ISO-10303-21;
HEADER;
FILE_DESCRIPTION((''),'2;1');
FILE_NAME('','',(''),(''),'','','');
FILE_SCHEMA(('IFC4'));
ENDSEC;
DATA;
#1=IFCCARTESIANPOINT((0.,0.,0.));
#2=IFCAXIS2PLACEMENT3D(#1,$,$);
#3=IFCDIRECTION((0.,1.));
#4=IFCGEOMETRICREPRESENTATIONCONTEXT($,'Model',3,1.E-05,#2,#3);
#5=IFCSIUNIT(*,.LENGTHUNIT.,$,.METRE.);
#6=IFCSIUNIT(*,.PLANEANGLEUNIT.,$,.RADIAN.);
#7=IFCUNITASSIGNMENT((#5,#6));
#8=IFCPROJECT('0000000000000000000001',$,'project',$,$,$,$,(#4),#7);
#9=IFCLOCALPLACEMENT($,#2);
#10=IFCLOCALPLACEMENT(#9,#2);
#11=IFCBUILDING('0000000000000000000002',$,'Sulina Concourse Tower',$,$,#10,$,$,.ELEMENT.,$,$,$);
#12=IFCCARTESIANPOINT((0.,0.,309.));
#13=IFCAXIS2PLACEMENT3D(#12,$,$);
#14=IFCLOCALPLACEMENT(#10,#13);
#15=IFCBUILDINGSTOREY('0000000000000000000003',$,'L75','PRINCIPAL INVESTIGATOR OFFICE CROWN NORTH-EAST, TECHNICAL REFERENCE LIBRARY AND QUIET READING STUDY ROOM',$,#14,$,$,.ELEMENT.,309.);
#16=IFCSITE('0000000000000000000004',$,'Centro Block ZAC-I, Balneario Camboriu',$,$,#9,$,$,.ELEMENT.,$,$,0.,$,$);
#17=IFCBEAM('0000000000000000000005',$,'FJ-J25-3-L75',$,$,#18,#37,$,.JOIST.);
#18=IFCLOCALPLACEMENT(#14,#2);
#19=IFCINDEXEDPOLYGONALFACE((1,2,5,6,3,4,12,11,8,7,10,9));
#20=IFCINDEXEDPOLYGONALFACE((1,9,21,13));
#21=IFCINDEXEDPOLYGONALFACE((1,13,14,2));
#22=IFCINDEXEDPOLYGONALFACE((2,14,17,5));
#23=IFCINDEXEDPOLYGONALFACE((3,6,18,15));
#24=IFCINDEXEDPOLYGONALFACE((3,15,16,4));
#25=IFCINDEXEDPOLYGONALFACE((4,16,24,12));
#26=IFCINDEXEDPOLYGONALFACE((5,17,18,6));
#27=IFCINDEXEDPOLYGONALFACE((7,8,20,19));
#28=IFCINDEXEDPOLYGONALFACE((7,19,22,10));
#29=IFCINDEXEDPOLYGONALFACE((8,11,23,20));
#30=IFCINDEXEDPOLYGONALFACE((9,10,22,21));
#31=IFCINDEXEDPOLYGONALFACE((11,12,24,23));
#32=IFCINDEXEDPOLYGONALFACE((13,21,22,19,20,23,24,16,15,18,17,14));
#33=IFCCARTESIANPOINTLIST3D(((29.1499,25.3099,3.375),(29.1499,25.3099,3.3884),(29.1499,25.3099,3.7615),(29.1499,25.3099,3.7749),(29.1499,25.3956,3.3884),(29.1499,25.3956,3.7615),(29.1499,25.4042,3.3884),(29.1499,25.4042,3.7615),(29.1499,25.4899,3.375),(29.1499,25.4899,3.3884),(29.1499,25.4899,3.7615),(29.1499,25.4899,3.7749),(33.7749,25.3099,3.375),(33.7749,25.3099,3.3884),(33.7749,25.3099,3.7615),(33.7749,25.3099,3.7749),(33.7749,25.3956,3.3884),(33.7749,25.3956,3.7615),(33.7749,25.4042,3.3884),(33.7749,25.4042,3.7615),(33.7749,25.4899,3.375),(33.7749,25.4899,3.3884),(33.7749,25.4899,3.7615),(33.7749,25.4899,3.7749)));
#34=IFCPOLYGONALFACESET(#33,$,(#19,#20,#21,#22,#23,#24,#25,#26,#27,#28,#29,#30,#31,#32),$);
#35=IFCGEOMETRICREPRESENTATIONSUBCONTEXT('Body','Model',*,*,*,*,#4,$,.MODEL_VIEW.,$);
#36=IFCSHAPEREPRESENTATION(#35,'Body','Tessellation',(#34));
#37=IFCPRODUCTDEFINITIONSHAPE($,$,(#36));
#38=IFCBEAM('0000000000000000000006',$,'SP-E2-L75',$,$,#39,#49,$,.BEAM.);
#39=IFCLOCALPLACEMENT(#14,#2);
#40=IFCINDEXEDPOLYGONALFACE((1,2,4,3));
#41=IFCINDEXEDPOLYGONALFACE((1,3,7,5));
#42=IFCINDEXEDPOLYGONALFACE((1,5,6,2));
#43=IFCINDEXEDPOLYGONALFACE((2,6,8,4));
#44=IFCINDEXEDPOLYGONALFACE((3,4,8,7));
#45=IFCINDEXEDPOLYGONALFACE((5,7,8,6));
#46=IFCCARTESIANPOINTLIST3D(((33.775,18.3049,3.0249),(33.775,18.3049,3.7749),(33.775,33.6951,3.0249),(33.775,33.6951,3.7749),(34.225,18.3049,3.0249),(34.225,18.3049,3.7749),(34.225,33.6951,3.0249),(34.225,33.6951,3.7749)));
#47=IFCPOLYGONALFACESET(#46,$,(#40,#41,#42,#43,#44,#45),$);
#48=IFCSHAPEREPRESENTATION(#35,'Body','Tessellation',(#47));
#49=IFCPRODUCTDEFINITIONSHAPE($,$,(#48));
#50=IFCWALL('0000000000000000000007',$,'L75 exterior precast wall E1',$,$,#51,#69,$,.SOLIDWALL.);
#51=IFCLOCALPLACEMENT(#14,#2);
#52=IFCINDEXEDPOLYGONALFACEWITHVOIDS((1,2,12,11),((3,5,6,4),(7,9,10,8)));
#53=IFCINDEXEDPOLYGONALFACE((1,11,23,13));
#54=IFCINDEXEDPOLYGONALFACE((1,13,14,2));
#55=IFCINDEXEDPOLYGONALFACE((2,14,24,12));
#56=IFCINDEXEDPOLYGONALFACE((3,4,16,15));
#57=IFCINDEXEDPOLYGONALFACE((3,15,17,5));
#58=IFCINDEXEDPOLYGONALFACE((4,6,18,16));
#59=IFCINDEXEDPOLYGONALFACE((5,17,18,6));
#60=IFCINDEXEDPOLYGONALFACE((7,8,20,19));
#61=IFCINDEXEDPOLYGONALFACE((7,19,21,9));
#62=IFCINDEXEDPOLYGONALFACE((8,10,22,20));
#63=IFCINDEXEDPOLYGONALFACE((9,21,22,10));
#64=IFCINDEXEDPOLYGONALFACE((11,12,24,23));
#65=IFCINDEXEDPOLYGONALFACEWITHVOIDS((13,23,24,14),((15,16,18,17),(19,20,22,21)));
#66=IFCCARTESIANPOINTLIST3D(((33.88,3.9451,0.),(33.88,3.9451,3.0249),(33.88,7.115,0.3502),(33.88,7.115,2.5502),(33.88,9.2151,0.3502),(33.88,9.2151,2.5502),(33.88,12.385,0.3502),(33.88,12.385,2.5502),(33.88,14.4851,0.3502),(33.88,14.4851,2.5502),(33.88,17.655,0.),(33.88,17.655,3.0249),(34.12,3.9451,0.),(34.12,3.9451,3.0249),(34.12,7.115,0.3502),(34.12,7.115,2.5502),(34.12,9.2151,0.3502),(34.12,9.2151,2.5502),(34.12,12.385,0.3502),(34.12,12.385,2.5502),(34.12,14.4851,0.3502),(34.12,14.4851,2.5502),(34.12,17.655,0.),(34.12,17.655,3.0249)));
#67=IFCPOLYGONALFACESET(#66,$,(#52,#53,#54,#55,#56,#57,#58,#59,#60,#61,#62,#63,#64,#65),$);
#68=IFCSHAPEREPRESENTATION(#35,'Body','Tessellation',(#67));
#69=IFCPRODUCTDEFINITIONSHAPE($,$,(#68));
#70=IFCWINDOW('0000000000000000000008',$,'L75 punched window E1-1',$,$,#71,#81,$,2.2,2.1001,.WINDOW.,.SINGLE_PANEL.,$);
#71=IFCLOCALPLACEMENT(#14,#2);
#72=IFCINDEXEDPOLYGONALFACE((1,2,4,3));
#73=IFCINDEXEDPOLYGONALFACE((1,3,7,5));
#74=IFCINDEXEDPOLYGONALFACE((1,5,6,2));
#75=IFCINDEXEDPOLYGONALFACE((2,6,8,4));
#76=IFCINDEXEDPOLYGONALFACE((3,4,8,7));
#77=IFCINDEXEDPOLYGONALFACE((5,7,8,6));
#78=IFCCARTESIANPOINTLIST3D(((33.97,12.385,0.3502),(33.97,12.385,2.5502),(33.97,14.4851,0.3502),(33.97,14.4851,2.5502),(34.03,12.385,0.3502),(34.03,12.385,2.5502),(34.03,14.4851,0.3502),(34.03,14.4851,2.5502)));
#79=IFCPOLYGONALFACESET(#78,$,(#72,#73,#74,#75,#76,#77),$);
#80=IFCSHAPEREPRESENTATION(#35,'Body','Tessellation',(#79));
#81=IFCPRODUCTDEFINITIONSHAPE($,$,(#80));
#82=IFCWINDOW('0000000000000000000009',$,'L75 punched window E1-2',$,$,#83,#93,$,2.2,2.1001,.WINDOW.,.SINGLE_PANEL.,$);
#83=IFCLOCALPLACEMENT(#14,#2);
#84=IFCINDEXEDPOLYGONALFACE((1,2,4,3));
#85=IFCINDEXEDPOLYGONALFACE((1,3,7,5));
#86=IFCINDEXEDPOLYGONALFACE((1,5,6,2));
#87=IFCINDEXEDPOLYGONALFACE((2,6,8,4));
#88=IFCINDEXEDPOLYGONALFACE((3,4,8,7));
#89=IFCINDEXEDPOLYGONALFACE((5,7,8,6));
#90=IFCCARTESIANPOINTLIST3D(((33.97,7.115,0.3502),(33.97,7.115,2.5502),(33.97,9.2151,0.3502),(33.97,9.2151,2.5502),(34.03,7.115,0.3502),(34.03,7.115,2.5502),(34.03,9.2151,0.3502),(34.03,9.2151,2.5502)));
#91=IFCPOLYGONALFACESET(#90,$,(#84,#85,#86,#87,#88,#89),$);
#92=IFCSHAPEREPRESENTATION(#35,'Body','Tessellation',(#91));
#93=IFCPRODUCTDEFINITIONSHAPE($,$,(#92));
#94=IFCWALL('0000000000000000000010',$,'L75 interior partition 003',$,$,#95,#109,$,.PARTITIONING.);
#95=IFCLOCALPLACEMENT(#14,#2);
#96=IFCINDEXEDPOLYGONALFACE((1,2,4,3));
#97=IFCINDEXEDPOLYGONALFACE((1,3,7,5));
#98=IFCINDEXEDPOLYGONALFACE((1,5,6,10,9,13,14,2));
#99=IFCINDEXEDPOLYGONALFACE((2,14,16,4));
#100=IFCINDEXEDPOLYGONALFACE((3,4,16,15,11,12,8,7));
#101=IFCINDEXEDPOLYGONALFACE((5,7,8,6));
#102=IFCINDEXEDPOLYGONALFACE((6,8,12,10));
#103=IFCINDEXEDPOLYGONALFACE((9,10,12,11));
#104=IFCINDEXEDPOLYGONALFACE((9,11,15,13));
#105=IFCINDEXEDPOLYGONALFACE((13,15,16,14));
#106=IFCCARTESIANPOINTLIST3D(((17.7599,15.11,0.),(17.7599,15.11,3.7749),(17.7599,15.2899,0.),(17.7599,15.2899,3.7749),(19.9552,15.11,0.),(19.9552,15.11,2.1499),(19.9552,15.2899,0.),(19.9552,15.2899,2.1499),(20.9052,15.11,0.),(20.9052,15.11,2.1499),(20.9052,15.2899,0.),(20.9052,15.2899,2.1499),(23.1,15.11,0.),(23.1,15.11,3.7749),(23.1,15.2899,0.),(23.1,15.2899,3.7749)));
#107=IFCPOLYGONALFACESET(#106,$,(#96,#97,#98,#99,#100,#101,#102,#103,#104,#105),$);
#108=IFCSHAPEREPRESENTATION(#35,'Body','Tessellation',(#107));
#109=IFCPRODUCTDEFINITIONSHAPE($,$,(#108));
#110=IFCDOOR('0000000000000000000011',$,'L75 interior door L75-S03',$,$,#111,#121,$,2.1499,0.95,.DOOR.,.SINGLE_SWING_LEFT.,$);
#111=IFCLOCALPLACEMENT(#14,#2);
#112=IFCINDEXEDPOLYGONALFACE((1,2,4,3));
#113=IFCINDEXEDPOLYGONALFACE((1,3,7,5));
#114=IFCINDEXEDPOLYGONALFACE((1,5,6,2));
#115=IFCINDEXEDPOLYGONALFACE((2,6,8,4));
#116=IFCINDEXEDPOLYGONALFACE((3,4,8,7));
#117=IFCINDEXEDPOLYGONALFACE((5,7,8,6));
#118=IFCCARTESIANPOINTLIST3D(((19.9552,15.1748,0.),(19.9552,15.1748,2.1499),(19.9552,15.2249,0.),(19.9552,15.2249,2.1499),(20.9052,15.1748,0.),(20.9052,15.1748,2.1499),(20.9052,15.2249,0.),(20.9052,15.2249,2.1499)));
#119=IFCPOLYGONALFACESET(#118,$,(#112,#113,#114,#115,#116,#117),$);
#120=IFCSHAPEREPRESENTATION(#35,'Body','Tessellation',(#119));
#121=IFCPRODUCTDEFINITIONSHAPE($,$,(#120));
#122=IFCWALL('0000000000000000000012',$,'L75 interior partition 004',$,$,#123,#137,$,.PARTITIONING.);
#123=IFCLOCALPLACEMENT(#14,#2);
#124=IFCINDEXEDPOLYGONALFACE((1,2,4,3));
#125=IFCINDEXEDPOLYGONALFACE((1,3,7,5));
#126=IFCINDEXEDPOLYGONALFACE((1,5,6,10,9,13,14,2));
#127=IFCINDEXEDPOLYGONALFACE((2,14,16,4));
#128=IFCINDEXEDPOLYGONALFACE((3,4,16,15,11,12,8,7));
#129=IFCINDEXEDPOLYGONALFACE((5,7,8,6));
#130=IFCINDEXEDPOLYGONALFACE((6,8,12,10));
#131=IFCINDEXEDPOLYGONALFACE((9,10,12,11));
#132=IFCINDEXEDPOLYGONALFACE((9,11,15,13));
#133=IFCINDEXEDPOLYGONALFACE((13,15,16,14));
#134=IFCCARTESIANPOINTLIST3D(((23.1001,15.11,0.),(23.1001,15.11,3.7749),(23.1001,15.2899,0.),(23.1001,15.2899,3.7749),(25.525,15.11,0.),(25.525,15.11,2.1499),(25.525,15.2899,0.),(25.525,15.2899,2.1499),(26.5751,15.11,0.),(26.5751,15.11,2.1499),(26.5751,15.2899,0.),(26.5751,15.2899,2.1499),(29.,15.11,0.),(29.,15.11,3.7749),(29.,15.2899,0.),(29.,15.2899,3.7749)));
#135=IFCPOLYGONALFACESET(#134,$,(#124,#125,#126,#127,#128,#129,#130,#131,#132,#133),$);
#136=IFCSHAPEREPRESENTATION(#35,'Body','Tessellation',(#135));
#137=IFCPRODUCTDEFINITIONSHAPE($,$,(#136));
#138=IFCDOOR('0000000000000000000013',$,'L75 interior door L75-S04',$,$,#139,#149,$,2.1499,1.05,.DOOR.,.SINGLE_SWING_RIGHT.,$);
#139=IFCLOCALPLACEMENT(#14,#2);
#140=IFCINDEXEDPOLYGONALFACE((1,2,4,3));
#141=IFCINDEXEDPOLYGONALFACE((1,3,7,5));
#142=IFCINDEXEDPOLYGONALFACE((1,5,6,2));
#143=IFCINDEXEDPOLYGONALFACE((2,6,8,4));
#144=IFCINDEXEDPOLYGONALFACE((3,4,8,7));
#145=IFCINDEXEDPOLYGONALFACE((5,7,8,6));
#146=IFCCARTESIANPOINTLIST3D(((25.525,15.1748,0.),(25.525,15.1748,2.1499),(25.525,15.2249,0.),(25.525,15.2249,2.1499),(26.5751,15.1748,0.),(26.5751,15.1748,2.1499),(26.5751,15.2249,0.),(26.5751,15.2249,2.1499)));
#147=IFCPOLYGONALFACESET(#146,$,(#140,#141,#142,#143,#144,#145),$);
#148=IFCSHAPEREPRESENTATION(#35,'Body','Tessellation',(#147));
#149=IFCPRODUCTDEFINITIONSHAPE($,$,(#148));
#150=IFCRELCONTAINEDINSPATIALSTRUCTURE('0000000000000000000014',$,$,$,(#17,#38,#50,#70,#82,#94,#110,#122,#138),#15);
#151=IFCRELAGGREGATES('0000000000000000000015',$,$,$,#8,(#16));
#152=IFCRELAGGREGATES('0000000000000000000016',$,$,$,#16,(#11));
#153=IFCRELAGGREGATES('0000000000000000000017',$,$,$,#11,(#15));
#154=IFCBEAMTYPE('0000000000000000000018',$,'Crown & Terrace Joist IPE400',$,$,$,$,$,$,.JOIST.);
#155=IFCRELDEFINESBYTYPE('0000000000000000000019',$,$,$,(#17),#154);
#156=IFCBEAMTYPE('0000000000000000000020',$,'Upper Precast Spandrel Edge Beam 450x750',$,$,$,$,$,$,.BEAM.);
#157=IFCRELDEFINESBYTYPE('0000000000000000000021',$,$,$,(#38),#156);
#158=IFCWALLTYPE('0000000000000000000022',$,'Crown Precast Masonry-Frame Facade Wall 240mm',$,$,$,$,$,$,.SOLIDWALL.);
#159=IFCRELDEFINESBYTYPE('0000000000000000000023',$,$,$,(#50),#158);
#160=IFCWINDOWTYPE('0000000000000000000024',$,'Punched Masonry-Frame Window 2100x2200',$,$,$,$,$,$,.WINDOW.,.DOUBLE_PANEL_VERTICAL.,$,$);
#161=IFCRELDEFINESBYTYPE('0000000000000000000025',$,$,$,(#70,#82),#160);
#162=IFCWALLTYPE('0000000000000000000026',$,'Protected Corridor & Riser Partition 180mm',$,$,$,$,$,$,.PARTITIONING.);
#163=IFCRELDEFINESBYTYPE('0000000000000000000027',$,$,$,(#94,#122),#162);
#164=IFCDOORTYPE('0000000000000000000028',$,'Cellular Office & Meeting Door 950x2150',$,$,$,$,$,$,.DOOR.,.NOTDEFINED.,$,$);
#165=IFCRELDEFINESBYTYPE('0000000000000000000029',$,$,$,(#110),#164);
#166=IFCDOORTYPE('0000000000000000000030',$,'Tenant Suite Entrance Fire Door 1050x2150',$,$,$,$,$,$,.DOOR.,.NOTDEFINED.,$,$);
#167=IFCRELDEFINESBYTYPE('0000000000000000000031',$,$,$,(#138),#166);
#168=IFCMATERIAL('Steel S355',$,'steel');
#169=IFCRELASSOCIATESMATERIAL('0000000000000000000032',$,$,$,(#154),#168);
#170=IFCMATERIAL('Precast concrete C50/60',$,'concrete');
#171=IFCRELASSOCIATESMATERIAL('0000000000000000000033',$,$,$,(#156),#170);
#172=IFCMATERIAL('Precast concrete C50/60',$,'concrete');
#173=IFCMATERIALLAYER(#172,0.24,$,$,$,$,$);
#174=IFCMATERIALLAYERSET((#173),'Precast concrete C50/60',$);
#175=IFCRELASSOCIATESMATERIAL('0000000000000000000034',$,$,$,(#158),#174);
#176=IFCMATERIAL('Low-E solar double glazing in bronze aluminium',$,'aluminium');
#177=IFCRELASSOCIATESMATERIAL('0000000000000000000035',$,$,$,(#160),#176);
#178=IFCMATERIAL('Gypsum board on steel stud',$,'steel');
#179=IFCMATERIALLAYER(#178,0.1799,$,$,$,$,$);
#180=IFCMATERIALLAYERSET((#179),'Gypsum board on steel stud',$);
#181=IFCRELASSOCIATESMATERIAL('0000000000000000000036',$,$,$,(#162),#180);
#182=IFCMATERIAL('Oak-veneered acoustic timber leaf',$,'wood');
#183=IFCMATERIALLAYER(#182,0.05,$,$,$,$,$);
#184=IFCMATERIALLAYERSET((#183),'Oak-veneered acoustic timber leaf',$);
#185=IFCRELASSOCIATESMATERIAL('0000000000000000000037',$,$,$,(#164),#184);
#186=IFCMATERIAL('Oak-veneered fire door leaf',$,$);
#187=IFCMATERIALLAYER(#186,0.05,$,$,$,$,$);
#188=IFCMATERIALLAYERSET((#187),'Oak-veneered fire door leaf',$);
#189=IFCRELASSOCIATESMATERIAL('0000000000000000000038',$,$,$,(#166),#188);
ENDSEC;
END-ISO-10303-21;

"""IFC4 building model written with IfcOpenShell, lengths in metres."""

from ifc_helpers import new_model, si_unit, direction, frame, frame_2d, origin, origin_2d, place, context, subcontext, project, spatial, rectangle, i_section, extrude, material, layer, layer_set, material_profile, profile_set, type_object, element, fill, save


model = new_model("IFC4")

# Units and contexts
model_context = context("Model", 3, precision=1e-05, world=origin(), true_north=direction((0.0, 1.0)))
body_context = subcontext(model_context, "Body", "Model", "MODEL_VIEW")
ifc_project = project(units=[si_unit("LENGTHUNIT", "METRE"), si_unit("PLANEANGLEUNIT", "RADIAN")], contexts=[model_context])

# Site, building, storey
site_placement = place(None, origin())
site = spatial("IfcSite", under=ifc_project, at=site_placement, Name="Centro Block ZAC-I, Balneario Camboriu", CompositionType="ELEMENT", RefElevation=0.0)
building_placement = place(site_placement, origin())
building = spatial("IfcBuilding", under=site, at=building_placement, Name="Sulina Concourse Tower", CompositionType="ELEMENT")
storey_placement = place(building_placement, frame((0.0, 0.0, 309.0)))
storey = spatial("IfcBuildingStorey", under=building, at=storey_placement, Name="L75", Description="PRINCIPAL INVESTIGATOR OFFICE CROWN NORTH-EAST, TECHNICAL REFERENCE LIBRARY AND QUIET READING STUDY ROOM", CompositionType="ELEMENT", Elevation=309.0)

# Beams
ifc_material_1 = material(Name="Steel S355", Category="steel")
ifc_material_profile_1 = material_profile(ifc_material_1, i_section(OverallWidth=0.1799, OverallDepth=0.3999, WebThickness=0.0085, FlangeThickness=0.0134, at=origin_2d()), Name="IPE 400")
ifc_profile_set_1 = profile_set([ifc_material_profile_1], Name="Steel S355")
beam_type_1 = type_object("IfcBeamType", Name="Crown & Terrace Joist IPE400", PredefinedType="JOIST", material=ifc_profile_set_1)
beam_1_placement = place(storey_placement, frame((29.1499, 25.3999, 3.575), z_axis=(1.0, 0.0, 0.0), x_axis=(0.0, 1.0, 0.0)))
element("IfcBeam", 1, at=beam_1_placement, inside=storey, type_object=beam_type_1, Name="FJ-J25-3-L75", PredefinedType="JOIST", context=body_context, shape_type="SweptSolid", body=[
    extrude(i_section(OverallWidth=0.1799, OverallDepth=0.3999, WebThickness=0.0085, FlangeThickness=0.0134, at=origin_2d()), origin(), (0.0, 0.0, 1.0), 4.625),
])
ifc_material_2 = material(Name="Precast concrete C50/60", Category="concrete")
ifc_material_profile_2 = material_profile(ifc_material_2, rectangle(XDim=0.45, YDim=0.75, at=origin_2d()), Name="RC 450x750")
ifc_profile_set_2 = profile_set([ifc_material_profile_2], Name="Precast concrete C50/60")
beam_type_2 = type_object("IfcBeamType", Name="Upper Precast Spandrel Edge Beam 450x750", PredefinedType="BEAM", material=ifc_profile_set_2)
beam_2_placement = place(storey_placement, frame((34.0, 18.3049, 3.3999), z_axis=(0.0, 1.0, 0.0), x_axis=(-1.0, 0.0, 0.0)))
element("IfcBeam", 2, at=beam_2_placement, inside=storey, type_object=beam_type_2, Name="SP-E2-L75", PredefinedType="BEAM", context=body_context, shape_type="SweptSolid", body=[
    extrude(rectangle(XDim=0.45, YDim=0.75, at=origin_2d()), origin(), (0.0, 0.0, 1.0), 15.3901),
])

# Wall, openings, windows
ifc_material_3 = material(Name="Precast concrete C50/60", Category="concrete")
ifc_layer_1 = layer(ifc_material_3, 0.24)
ifc_layer_set_1 = layer_set([ifc_layer_1], Name="Precast concrete C50/60")
wall_type_1 = type_object("IfcWallType", Name="Crown Precast Masonry-Frame Facade Wall 240mm", PredefinedType="SOLIDWALL", material=ifc_layer_set_1)
wall_1_placement = place(storey_placement, frame((34.0, 17.655, 0.0), z_axis=(0.0, 0.0, 1.0), x_axis=(0.0, -1.0, 0.0)))
wall_1 = element("IfcWall", 3, at=wall_1_placement, inside=storey, type_object=wall_type_1, Name="L75 exterior precast wall E1", PredefinedType="SOLIDWALL", context=body_context, shape_type="SweptSolid", body=[
    extrude(rectangle(XDim=13.71, YDim=0.24, at=frame_2d((6.855, 0.0))), origin(), (0.0, 0.0, 1.0), 3.0249),
])
opening_1_placement = place(wall_1_placement, frame((3.1699, 0.0, 0.3501)))
opening_1 = element("IfcOpeningElement", 4, at=opening_1_placement, cuts=wall_1, PredefinedType="OPENING", context=body_context, shape_type="SweptSolid", body=[
    extrude(rectangle(XDim=2.1001, YDim=2.2, at=frame_2d((1.05, 1.1001))), frame((0.0, 0.1299, 0.0), z_axis=(0.0, -1.0, 0.0), x_axis=(1.0, 0.0, 0.0)), (0.0, 0.0, 1.0), 0.26),
])
opening_2_placement = place(wall_1_placement, frame((8.4399, 0.0, 0.3501)))
opening_2 = element("IfcOpeningElement", 5, at=opening_2_placement, cuts=wall_1, PredefinedType="OPENING", context=body_context, shape_type="SweptSolid", body=[
    extrude(rectangle(XDim=2.1001, YDim=2.2, at=frame_2d((1.05, 1.1001))), frame((0.0, 0.1299, 0.0), z_axis=(0.0, -1.0, 0.0), x_axis=(1.0, 0.0, 0.0)), (0.0, 0.0, 1.0), 0.26),
])
ifc_material_4 = material(Name="Low-E solar double glazing in bronze aluminium", Category="aluminium")
window_type = type_object("IfcWindowType", Name="Punched Masonry-Frame Window 2100x2200", PartitioningType="DOUBLE_PANEL_VERTICAL", PredefinedType="WINDOW", material=ifc_material_4)
window_1_placement = place(opening_1_placement, origin())
window_1 = element("IfcWindow", 6, at=window_1_placement, inside=storey, type_object=window_type, Name="L75 punched window E1-1", OverallHeight=2.2, OverallWidth=2.1001, PartitioningType="SINGLE_PANEL", PredefinedType="WINDOW", context=body_context, shape_type="SweptSolid", body=[
    extrude(rectangle(XDim=2.1001, YDim=2.2, at=frame_2d((1.05, 1.1001))), frame((0.0, 0.03, 0.0), z_axis=(0.0, -1.0, 0.0), x_axis=(1.0, 0.0, 0.0)), (0.0, 0.0, 1.0), 0.0601),
])
fill(opening_1, window_1)
window_2_placement = place(opening_2_placement, origin())
window_2 = element("IfcWindow", 7, at=window_2_placement, inside=storey, type_object=window_type, Name="L75 punched window E1-2", OverallHeight=2.2, OverallWidth=2.1001, PartitioningType="SINGLE_PANEL", PredefinedType="WINDOW", context=body_context, shape_type="SweptSolid", body=[
    extrude(rectangle(XDim=2.1001, YDim=2.2, at=frame_2d((1.05, 1.1001))), frame((0.0, 0.03, 0.0), z_axis=(0.0, -1.0, 0.0), x_axis=(1.0, 0.0, 0.0)), (0.0, 0.0, 1.0), 0.0601),
])
fill(opening_2, window_2)

# Walls, openings, doors
ifc_material_5 = material(Name="Gypsum board on steel stud", Category="steel")
ifc_layer_2 = layer(ifc_material_5, 0.1799)
ifc_layer_set_2 = layer_set([ifc_layer_2], Name="Gypsum board on steel stud")
wall_type_2 = type_object("IfcWallType", Name="Protected Corridor & Riser Partition 180mm", PredefinedType="PARTITIONING", material=ifc_layer_set_2)
wall_2_placement = place(storey_placement, frame((17.76, 15.2, 0.0), z_axis=(0.0, 0.0, 1.0), x_axis=(1.0, 0.0, 0.0)))
wall_2 = element("IfcWall", 8, at=wall_2_placement, inside=storey, type_object=wall_type_2, Name="L75 interior partition 003", PredefinedType="PARTITIONING", context=body_context, shape_type="SweptSolid", body=[
    extrude(rectangle(XDim=5.3401, YDim=0.1799, at=frame_2d((2.6699, 0.0))), origin(), (0.0, 0.0, 1.0), 3.7749),
])
opening_3_placement = place(wall_2_placement, frame((2.1951, 0.0, 0.0)))
opening_3 = element("IfcOpeningElement", 9, at=opening_3_placement, cuts=wall_2, PredefinedType="OPENING", context=body_context, shape_type="SweptSolid", body=[
    extrude(rectangle(XDim=0.95, YDim=2.1499, at=frame_2d((0.4751, 1.075))), frame((0.0, 0.0999, 0.0), z_axis=(0.0, -1.0, 0.0), x_axis=(1.0, 0.0, 0.0)), (0.0, 0.0, 1.0), 0.2),
])
ifc_material_6 = material(Name="Oak-veneered acoustic timber leaf", Category="wood")
ifc_layer_3 = layer(ifc_material_6, 0.05)
ifc_layer_set_3 = layer_set([ifc_layer_3], Name="Oak-veneered acoustic timber leaf")
door_type_1 = type_object("IfcDoorType", Name="Cellular Office & Meeting Door 950x2150", OperationType="NOTDEFINED", PredefinedType="DOOR", material=ifc_layer_set_3)
door_1_placement = place(opening_3_placement, origin())
door_1 = element("IfcDoor", 10, at=door_1_placement, inside=storey, type_object=door_type_1, Name="L75 interior door L75-S03", OperationType="SINGLE_SWING_LEFT", OverallHeight=2.1499, OverallWidth=0.95, PredefinedType="DOOR", context=body_context, shape_type="SweptSolid", body=[
    extrude(rectangle(XDim=0.95, YDim=2.1499, at=frame_2d((0.4751, 1.075))), frame((0.0, 0.0249, 0.0), z_axis=(0.0, -1.0, 0.0), x_axis=(1.0, 0.0, 0.0)), (0.0, 0.0, 1.0), 0.05),
])
fill(opening_3, door_1)
wall_3_placement = place(storey_placement, frame((23.1001, 15.2, 0.0), z_axis=(0.0, 0.0, 1.0), x_axis=(1.0, 0.0, 0.0)))
wall_3 = element("IfcWall", 11, at=wall_3_placement, inside=storey, type_object=wall_type_2, Name="L75 interior partition 004", PredefinedType="PARTITIONING", context=body_context, shape_type="SweptSolid", body=[
    extrude(rectangle(XDim=5.8999, YDim=0.1799, at=frame_2d((2.95, 0.0))), origin(), (0.0, 0.0, 1.0), 3.7749),
])
opening_4_placement = place(wall_3_placement, frame((2.425, 0.0, 0.0)))
opening_4 = element("IfcOpeningElement", 12, at=opening_4_placement, cuts=wall_3, PredefinedType="OPENING", context=body_context, shape_type="SweptSolid", body=[
    extrude(rectangle(XDim=1.05, YDim=2.1499, at=frame_2d((0.5249, 1.075))), frame((0.0, 0.0999, 0.0), z_axis=(0.0, -1.0, 0.0), x_axis=(1.0, 0.0, 0.0)), (0.0, 0.0, 1.0), 0.2),
])
ifc_material_7 = material(Name="Oak-veneered fire door leaf")
ifc_layer_4 = layer(ifc_material_7, 0.05)
ifc_layer_set_4 = layer_set([ifc_layer_4], Name="Oak-veneered fire door leaf")
door_type_2 = type_object("IfcDoorType", Name="Tenant Suite Entrance Fire Door 1050x2150", OperationType="NOTDEFINED", PredefinedType="DOOR", material=ifc_layer_set_4)
door_2_placement = place(opening_4_placement, origin())
door_2 = element("IfcDoor", 13, at=door_2_placement, inside=storey, type_object=door_type_2, Name="L75 interior door L75-S04", OperationType="SINGLE_SWING_RIGHT", OverallHeight=2.1499, OverallWidth=1.05, PredefinedType="DOOR", context=body_context, shape_type="SweptSolid", body=[
    extrude(rectangle(XDim=1.05, YDim=2.1499, at=frame_2d((0.5249, 1.075))), frame((0.0, 0.0249, 0.0), z_axis=(0.0, -1.0, 0.0), x_axis=(1.0, 0.0, 0.0)), (0.0, 0.0, 1.0), 0.05),
])
fill(opening_4, door_2)

save(model, "model.ifc")
